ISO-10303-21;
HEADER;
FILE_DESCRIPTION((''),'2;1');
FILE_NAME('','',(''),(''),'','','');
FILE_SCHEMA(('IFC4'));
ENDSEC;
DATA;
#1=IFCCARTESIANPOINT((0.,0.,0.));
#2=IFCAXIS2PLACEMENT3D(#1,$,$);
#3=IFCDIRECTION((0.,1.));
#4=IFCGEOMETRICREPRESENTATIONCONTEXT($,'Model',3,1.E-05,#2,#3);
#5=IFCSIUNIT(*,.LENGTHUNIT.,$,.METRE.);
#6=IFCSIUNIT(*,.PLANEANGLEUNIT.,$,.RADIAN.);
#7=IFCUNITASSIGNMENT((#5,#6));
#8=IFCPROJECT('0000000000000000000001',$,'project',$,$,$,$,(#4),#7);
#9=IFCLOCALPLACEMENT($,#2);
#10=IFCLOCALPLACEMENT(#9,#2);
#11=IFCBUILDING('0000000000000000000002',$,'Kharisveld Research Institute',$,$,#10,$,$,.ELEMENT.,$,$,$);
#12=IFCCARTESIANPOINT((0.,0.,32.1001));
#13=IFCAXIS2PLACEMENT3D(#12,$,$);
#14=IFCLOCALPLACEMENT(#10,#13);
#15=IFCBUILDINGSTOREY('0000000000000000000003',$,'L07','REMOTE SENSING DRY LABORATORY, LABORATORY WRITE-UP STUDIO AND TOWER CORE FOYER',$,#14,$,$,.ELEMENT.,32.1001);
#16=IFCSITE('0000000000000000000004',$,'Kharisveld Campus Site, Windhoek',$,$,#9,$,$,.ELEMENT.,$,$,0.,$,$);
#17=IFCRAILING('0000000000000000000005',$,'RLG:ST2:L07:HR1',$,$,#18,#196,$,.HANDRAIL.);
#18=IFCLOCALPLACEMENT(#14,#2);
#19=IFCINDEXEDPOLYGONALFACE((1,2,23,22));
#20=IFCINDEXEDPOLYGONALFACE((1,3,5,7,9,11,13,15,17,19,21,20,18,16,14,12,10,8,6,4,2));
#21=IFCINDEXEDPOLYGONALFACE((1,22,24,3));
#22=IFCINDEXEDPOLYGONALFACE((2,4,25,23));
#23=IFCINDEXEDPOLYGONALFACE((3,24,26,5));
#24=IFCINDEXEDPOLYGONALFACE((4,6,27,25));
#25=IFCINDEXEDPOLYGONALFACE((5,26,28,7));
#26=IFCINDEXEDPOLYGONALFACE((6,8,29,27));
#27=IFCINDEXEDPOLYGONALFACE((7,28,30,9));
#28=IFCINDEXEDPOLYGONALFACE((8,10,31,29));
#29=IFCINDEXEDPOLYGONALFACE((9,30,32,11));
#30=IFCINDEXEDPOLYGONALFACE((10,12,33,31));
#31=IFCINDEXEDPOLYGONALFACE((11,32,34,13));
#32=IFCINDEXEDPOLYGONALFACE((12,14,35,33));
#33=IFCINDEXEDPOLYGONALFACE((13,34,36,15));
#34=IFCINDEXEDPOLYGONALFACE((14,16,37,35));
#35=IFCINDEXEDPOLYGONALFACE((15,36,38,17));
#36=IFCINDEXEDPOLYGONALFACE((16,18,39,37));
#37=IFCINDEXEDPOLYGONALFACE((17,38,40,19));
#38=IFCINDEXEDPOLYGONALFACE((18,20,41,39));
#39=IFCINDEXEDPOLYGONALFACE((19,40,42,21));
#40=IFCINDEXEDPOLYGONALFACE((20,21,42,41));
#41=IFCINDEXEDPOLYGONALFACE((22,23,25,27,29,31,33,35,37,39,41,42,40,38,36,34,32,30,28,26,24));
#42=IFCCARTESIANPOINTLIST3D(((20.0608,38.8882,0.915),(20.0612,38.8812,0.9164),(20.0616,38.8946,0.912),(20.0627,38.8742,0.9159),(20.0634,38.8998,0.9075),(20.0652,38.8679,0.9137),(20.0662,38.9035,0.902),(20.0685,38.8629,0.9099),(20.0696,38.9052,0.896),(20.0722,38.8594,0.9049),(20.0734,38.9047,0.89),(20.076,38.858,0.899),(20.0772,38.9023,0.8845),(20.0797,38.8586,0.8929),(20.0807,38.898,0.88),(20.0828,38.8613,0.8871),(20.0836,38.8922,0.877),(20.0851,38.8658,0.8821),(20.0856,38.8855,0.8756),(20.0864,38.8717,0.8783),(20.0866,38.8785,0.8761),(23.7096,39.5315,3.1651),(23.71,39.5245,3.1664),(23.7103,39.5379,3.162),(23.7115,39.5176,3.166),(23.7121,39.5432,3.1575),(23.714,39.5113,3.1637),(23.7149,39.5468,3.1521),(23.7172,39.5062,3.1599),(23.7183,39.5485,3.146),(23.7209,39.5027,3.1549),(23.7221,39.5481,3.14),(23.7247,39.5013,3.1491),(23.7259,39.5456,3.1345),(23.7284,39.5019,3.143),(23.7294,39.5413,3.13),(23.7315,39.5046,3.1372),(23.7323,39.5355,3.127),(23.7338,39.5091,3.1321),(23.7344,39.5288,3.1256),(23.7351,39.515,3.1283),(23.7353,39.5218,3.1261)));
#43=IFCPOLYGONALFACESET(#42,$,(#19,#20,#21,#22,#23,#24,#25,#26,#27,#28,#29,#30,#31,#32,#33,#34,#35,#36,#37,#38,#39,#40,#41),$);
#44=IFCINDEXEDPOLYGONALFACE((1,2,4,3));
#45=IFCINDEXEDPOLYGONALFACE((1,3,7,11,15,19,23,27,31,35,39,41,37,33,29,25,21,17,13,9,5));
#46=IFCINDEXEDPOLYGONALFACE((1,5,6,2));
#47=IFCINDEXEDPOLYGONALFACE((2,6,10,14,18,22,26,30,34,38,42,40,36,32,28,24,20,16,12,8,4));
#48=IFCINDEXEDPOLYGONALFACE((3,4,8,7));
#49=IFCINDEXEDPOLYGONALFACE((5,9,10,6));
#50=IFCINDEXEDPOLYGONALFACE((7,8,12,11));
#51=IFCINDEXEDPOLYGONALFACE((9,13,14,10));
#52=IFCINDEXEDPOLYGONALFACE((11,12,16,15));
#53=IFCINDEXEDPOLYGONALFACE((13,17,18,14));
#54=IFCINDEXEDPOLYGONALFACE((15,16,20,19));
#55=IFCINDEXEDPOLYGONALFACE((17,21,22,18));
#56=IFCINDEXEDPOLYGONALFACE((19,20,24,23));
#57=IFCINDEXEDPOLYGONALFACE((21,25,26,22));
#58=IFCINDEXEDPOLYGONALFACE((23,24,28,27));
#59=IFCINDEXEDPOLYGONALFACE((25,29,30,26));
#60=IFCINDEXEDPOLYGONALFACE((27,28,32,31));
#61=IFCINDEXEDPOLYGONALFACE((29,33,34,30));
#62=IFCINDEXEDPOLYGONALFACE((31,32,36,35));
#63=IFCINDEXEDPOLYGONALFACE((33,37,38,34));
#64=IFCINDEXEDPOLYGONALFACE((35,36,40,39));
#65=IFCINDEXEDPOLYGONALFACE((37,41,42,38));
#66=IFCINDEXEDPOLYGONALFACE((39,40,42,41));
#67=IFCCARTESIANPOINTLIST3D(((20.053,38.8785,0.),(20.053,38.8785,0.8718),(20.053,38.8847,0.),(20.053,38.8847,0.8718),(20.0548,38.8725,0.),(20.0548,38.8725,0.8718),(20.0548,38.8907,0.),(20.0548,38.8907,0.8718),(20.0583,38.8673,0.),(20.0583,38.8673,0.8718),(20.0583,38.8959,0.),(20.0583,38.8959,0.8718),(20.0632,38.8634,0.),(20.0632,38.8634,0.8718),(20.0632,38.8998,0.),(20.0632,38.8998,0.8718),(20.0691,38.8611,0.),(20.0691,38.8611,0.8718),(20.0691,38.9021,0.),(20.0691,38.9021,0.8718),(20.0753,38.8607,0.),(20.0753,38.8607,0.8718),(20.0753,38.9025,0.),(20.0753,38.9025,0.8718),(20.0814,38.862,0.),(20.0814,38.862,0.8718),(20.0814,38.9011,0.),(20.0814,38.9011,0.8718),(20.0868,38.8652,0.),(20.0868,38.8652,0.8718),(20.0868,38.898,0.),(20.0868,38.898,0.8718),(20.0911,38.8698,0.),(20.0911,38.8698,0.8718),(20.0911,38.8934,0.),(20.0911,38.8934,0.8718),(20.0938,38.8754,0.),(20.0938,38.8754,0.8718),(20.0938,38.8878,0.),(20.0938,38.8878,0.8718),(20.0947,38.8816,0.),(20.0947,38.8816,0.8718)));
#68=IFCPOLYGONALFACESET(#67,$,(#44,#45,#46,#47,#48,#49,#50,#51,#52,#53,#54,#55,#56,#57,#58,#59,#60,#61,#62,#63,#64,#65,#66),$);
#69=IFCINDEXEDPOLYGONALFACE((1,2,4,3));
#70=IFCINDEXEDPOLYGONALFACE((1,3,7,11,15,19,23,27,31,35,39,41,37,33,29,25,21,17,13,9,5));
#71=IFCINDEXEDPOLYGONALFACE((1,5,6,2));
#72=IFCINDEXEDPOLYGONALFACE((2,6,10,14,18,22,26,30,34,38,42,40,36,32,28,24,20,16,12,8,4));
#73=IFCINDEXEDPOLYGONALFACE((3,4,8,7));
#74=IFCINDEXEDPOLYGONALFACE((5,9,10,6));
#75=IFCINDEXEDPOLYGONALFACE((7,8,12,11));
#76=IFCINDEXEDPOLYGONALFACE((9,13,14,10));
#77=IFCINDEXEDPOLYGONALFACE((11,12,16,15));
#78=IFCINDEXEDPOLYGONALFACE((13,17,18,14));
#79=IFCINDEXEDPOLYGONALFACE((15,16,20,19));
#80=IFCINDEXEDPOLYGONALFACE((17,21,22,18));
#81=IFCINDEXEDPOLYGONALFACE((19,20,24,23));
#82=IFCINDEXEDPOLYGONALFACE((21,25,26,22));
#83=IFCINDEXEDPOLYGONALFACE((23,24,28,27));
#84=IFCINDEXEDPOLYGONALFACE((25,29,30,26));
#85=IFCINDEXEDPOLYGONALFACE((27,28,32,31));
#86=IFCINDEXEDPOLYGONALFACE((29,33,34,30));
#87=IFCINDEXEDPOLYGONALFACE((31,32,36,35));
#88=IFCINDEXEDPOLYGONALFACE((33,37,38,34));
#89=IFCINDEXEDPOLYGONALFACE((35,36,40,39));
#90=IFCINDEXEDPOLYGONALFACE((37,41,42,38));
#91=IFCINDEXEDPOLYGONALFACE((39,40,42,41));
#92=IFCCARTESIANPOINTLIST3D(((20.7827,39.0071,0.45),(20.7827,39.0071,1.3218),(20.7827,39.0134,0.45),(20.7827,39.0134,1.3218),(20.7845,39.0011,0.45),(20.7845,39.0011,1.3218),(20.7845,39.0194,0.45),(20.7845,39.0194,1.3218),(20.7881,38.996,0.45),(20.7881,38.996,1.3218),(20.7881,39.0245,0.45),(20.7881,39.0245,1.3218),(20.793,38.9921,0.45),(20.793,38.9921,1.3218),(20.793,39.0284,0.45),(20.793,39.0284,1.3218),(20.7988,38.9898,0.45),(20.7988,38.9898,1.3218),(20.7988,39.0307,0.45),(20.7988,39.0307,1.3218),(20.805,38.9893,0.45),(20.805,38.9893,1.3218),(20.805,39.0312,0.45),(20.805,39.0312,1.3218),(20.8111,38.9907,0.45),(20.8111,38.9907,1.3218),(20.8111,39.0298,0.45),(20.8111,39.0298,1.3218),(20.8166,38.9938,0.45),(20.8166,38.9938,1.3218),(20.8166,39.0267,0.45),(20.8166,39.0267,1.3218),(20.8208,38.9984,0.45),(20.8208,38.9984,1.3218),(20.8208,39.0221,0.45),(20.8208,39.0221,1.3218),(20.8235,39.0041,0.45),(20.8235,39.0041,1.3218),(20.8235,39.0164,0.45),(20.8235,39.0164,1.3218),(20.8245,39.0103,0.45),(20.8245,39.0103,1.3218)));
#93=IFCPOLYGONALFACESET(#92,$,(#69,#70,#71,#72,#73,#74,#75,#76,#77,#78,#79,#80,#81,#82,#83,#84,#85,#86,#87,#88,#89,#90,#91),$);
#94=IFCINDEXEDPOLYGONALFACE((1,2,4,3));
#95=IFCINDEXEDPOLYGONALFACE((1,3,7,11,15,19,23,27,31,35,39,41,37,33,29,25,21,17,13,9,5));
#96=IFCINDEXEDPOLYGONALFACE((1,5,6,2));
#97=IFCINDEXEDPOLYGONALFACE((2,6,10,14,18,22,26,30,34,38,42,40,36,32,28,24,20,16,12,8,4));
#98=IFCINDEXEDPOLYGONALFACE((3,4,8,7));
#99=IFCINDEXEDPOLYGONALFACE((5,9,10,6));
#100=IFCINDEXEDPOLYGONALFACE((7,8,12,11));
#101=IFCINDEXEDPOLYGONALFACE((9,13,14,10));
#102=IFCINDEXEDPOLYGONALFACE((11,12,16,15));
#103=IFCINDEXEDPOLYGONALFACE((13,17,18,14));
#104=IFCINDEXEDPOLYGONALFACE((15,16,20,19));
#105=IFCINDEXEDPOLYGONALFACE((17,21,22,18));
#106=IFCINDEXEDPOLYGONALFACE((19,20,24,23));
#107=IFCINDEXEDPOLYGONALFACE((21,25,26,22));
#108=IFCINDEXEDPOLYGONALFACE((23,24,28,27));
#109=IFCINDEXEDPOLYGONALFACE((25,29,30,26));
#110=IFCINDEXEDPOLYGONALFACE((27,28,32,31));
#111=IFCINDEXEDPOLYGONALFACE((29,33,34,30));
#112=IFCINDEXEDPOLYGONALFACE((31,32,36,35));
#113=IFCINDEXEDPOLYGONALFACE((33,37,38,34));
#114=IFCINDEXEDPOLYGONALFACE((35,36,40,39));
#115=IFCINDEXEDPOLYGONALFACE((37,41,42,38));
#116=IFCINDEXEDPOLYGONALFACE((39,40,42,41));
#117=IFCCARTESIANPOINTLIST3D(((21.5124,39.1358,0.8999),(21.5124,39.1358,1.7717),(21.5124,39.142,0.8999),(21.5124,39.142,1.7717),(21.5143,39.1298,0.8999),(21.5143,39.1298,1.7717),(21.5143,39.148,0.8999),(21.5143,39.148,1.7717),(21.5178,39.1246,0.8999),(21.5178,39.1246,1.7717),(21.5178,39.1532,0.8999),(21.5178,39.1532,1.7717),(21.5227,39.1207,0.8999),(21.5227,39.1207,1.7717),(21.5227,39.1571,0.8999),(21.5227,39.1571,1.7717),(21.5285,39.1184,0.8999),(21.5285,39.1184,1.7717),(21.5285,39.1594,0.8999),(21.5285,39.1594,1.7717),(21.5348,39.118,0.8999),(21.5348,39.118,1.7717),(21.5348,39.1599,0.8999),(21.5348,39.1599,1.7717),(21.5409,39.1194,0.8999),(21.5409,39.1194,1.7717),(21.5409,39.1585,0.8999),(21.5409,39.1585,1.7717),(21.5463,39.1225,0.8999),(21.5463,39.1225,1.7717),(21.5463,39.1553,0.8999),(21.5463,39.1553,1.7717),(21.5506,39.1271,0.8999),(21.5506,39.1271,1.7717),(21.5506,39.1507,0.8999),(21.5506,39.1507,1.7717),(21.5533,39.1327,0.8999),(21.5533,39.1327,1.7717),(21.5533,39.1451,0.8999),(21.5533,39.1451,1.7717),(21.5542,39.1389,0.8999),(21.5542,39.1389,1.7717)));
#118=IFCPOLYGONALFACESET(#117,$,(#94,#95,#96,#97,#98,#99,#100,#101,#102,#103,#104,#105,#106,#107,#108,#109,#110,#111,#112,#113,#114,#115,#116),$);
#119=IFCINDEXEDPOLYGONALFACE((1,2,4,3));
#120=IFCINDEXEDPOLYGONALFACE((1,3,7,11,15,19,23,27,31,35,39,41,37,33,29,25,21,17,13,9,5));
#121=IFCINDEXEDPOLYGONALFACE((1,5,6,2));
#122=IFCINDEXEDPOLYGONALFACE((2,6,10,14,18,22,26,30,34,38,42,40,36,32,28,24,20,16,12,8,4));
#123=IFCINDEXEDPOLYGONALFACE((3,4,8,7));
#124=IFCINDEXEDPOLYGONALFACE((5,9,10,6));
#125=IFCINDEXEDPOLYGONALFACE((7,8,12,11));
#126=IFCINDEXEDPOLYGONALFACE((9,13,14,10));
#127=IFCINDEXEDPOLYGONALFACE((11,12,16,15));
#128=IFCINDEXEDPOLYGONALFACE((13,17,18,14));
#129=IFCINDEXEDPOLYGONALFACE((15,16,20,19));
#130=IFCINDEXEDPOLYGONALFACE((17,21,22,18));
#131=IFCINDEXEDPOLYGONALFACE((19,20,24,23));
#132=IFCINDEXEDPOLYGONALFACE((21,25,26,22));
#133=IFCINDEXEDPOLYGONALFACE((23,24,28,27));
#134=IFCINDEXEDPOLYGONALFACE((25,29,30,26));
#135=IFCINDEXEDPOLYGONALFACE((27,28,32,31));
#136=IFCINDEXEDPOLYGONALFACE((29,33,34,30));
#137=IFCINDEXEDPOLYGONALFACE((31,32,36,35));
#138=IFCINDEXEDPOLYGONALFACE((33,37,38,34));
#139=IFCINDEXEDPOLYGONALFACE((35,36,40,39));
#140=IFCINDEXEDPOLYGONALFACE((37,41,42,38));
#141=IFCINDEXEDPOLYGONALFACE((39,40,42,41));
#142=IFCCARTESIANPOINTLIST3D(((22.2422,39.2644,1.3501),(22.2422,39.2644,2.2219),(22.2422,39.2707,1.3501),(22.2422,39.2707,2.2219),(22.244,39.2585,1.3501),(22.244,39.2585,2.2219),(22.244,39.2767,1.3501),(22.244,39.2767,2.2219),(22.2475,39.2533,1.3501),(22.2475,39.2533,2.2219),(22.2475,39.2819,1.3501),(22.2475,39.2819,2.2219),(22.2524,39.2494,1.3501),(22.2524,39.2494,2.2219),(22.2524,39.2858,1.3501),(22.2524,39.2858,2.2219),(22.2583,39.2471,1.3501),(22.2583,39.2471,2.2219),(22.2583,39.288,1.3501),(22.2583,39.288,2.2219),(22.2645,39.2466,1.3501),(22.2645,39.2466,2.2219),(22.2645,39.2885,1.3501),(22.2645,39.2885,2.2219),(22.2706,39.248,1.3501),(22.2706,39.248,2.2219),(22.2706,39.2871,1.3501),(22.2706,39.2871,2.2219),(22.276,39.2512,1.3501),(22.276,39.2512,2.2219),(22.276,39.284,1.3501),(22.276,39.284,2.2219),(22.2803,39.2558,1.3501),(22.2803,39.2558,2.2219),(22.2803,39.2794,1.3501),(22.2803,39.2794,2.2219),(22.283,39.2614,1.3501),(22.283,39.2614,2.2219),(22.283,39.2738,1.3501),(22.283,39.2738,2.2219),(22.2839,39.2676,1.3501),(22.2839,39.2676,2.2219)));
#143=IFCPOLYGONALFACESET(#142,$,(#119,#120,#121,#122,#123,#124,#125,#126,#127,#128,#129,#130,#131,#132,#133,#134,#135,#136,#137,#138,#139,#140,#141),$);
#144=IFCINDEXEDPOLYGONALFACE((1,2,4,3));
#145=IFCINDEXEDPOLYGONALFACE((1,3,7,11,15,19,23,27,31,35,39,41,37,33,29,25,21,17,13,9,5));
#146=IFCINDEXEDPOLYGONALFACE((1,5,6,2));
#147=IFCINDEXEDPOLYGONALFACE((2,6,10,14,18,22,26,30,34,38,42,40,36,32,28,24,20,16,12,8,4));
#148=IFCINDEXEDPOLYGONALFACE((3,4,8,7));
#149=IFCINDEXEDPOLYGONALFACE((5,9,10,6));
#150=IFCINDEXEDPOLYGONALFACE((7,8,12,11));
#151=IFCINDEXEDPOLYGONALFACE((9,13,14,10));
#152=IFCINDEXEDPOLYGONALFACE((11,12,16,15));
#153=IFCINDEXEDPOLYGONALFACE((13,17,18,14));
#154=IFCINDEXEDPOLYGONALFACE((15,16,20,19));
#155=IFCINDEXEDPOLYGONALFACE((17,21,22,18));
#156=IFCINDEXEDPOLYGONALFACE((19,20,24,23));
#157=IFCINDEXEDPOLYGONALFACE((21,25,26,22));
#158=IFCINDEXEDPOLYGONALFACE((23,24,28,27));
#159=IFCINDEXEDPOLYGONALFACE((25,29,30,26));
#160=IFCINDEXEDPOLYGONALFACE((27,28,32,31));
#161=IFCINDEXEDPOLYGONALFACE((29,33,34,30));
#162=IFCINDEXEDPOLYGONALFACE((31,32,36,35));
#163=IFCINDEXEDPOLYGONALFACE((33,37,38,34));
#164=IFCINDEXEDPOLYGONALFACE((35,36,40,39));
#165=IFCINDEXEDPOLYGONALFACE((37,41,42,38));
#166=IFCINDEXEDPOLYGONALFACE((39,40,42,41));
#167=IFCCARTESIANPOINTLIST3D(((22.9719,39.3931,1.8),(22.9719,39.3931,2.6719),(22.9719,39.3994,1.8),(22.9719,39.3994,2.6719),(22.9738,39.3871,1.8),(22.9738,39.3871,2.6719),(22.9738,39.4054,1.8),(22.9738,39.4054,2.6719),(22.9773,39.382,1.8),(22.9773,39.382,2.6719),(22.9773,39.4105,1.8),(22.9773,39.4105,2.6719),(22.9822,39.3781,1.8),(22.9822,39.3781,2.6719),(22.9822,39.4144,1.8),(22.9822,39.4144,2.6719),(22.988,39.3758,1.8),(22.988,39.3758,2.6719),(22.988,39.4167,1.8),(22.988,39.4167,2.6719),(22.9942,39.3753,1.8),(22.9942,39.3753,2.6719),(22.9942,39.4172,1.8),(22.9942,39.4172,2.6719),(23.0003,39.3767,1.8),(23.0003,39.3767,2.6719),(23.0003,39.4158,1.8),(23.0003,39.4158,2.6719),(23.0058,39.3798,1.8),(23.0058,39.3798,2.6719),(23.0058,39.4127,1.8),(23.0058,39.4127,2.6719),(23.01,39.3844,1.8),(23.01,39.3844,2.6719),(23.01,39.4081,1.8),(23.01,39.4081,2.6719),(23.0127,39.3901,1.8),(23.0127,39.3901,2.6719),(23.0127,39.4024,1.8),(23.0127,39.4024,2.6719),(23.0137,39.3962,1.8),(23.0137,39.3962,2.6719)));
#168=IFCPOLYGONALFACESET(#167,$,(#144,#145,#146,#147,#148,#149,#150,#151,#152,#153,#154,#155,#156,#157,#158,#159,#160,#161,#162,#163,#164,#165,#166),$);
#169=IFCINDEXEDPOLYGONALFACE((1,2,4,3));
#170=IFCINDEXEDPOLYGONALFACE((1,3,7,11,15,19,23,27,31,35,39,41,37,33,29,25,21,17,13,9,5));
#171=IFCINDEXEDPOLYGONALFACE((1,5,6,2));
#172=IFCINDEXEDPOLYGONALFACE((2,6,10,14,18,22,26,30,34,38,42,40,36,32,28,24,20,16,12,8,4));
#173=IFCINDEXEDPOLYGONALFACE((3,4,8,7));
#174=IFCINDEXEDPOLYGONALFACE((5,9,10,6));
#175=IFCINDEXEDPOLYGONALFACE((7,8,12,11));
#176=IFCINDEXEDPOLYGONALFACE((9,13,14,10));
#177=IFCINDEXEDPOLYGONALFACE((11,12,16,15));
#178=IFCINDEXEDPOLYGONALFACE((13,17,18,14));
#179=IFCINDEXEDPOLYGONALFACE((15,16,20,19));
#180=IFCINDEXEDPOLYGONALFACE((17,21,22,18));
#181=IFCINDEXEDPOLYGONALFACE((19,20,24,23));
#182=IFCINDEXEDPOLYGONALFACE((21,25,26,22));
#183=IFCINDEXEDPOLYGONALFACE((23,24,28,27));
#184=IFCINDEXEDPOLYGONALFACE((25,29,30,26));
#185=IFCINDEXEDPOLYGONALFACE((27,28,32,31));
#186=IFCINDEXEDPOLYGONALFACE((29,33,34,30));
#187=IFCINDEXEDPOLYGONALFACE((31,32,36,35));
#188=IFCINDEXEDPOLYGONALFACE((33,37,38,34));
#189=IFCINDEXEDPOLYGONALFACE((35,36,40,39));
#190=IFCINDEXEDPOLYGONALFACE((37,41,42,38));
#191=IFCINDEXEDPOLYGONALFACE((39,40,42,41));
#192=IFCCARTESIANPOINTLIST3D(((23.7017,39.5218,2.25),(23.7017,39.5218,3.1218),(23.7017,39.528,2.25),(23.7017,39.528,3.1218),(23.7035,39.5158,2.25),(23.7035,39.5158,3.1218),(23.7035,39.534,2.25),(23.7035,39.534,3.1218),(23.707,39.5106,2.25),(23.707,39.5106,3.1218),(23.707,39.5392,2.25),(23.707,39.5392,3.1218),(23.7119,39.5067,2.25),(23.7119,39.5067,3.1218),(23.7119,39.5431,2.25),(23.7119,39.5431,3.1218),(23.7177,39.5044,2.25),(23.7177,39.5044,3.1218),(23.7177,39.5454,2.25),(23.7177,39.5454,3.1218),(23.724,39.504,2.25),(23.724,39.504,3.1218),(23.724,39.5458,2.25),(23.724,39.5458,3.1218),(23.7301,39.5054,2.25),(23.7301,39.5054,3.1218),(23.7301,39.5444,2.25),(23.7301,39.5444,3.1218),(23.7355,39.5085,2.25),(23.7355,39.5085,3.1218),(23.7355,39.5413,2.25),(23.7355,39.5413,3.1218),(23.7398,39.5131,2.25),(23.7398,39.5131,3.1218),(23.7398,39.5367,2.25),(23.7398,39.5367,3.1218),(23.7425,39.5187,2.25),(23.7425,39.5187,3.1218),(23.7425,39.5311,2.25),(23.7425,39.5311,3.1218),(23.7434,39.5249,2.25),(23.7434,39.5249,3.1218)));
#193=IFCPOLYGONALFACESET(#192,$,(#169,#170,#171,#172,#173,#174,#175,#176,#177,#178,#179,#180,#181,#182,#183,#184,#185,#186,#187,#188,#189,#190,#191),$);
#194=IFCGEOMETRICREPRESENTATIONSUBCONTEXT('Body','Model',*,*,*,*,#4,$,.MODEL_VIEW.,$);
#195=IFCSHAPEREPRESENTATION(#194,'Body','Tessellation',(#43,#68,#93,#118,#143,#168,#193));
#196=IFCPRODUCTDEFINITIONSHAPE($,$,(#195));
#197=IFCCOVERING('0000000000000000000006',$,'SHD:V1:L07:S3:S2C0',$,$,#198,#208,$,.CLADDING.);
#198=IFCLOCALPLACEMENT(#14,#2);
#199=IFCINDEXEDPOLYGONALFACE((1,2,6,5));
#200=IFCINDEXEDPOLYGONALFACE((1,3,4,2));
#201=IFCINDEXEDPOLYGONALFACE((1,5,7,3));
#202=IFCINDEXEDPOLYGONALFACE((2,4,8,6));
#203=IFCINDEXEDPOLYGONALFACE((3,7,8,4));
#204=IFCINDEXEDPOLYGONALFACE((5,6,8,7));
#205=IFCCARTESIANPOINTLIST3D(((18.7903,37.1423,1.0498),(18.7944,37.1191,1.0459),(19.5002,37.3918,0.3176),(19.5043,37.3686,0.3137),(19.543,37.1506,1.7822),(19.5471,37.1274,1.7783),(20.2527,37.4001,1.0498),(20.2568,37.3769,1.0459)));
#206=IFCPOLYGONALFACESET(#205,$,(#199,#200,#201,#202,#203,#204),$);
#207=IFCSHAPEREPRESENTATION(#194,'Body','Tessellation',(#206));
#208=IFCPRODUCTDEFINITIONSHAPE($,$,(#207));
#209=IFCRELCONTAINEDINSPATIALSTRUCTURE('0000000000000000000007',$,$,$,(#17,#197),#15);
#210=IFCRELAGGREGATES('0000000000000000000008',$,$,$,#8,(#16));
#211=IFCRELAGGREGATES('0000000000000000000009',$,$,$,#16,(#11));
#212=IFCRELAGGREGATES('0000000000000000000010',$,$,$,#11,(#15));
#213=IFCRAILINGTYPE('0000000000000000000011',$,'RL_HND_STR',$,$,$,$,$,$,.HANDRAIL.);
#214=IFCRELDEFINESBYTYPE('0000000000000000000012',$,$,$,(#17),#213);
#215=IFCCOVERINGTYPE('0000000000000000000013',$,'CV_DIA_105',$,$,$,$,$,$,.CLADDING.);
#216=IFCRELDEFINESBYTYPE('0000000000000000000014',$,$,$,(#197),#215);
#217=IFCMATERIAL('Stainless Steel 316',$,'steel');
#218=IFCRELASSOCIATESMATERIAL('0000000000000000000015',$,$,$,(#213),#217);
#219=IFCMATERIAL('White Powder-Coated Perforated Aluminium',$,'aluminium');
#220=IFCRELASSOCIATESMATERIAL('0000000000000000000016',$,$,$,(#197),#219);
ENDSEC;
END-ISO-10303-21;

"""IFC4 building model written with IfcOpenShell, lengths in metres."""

from ifc_helpers import new_model, si_unit, direction, frame, origin, origin_2d, place, context, subcontext, project, spatial, polyline, circle, outline, extrude, material, type_object, element, save


model = new_model("IFC4")

# Units and contexts
model_context = context("Model", 3, precision=1e-05, world=origin(), true_north=direction((0.0, 1.0)))
body_context = subcontext(model_context, "Body", "Model", "MODEL_VIEW")
ifc_project = project(units=[si_unit("LENGTHUNIT", "METRE"), si_unit("PLANEANGLEUNIT", "RADIAN")], contexts=[model_context])

# Site, building, storey
site_placement = place(None, origin())
site = spatial("IfcSite", under=ifc_project, at=site_placement, Name="Kharisveld Campus Site, Windhoek", CompositionType="ELEMENT", RefElevation=0.0)
building_placement = place(site_placement, origin())
building = spatial("IfcBuilding", under=site, at=building_placement, Name="Kharisveld Research Institute", CompositionType="ELEMENT")
storey_placement = place(building_placement, frame((0.0, 0.0, 32.1001)))
storey = spatial("IfcBuildingStorey", under=building, at=storey_placement, Name="L07", Description="REMOTE SENSING DRY LABORATORY, LABORATORY WRITE-UP STUDIO AND TOWER CORE FOYER", CompositionType="ELEMENT", Elevation=32.1001)

# Railing
ifc_material_1 = material(Name="Stainless Steel 316", Category="steel")
railing_type_1 = type_object("IfcRailingType", Name="RL_HND_STR", PredefinedType="HANDRAIL", material=ifc_material_1)
railing_1_placement = place(storey_placement, frame((20.0737, 38.8816, 0.0)))
element("IfcRailing", 1, at=railing_1_placement, inside=storey, type_object=railing_type_1, Name="RLG:ST2:L07:HR1", PredefinedType="HANDRAIL", context=body_context, shape_type="SweptSolid", body=[
    extrude(circle(Radius=0.0239, at=origin_2d()), frame((0.0, 0.0, 0.896), z_axis=(0.841747, 0.148411, 0.519073), x_axis=(-0.173635, 0.98481, 0.0)), (0.0, 0.0, 1.0), 4.3347),
    extrude(circle(Radius=0.021, at=origin_2d()), origin(), (0.0, 0.0, 1.0), 0.8718),
    extrude(circle(Radius=0.021, at=origin_2d()), frame((0.7297, 0.1287, 0.45)), (0.0, 0.0, 1.0), 0.8718),
    extrude(circle(Radius=0.021, at=origin_2d()), frame((1.4595, 0.2573, 0.8999)), (0.0, 0.0, 1.0), 0.8718),
    extrude(circle(Radius=0.021, at=origin_2d()), frame((2.1892, 0.386, 1.3501)), (0.0, 0.0, 1.0), 0.8718),
    extrude(circle(Radius=0.021, at=origin_2d()), frame((2.9189, 0.5146, 1.8)), (0.0, 0.0, 1.0), 0.8718),
    extrude(circle(Radius=0.021, at=origin_2d()), frame((3.6487, 0.6433, 2.25)), (0.0, 0.0, 1.0), 0.8718),
])

# Covering
ifc_material_2 = material(Name="White Powder-Coated Perforated Aluminium", Category="aluminium")
covering_type = type_object("IfcCoveringType", Name="CV_DIA_105", PredefinedType="CLADDING")
covering_1_placement = place(storey_placement, frame((19.5002, 37.3918, 0.3176), z_axis=(-0.171238, 0.971321, 0.164966), x_axis=(-0.676188, -0.237643, 0.697348)))
element("IfcCovering", 2, at=covering_1_placement, inside=storey, type_object=covering_type, material=ifc_material_2, Name="SHD:V1:L07:S3:S2C0", PredefinedType="CLADDING", context=body_context, shape_type="SweptSolid", body=[
    extrude(outline(polyline([(0.0, 0.0), (1.0499, 0.0), (1.0498, 1.0503), (-0.0002, 1.0499), (0.0, 0.0)])), origin(), (0.0, 0.0, -1.0), 0.0239),
])

save(model, "model.ifc")
